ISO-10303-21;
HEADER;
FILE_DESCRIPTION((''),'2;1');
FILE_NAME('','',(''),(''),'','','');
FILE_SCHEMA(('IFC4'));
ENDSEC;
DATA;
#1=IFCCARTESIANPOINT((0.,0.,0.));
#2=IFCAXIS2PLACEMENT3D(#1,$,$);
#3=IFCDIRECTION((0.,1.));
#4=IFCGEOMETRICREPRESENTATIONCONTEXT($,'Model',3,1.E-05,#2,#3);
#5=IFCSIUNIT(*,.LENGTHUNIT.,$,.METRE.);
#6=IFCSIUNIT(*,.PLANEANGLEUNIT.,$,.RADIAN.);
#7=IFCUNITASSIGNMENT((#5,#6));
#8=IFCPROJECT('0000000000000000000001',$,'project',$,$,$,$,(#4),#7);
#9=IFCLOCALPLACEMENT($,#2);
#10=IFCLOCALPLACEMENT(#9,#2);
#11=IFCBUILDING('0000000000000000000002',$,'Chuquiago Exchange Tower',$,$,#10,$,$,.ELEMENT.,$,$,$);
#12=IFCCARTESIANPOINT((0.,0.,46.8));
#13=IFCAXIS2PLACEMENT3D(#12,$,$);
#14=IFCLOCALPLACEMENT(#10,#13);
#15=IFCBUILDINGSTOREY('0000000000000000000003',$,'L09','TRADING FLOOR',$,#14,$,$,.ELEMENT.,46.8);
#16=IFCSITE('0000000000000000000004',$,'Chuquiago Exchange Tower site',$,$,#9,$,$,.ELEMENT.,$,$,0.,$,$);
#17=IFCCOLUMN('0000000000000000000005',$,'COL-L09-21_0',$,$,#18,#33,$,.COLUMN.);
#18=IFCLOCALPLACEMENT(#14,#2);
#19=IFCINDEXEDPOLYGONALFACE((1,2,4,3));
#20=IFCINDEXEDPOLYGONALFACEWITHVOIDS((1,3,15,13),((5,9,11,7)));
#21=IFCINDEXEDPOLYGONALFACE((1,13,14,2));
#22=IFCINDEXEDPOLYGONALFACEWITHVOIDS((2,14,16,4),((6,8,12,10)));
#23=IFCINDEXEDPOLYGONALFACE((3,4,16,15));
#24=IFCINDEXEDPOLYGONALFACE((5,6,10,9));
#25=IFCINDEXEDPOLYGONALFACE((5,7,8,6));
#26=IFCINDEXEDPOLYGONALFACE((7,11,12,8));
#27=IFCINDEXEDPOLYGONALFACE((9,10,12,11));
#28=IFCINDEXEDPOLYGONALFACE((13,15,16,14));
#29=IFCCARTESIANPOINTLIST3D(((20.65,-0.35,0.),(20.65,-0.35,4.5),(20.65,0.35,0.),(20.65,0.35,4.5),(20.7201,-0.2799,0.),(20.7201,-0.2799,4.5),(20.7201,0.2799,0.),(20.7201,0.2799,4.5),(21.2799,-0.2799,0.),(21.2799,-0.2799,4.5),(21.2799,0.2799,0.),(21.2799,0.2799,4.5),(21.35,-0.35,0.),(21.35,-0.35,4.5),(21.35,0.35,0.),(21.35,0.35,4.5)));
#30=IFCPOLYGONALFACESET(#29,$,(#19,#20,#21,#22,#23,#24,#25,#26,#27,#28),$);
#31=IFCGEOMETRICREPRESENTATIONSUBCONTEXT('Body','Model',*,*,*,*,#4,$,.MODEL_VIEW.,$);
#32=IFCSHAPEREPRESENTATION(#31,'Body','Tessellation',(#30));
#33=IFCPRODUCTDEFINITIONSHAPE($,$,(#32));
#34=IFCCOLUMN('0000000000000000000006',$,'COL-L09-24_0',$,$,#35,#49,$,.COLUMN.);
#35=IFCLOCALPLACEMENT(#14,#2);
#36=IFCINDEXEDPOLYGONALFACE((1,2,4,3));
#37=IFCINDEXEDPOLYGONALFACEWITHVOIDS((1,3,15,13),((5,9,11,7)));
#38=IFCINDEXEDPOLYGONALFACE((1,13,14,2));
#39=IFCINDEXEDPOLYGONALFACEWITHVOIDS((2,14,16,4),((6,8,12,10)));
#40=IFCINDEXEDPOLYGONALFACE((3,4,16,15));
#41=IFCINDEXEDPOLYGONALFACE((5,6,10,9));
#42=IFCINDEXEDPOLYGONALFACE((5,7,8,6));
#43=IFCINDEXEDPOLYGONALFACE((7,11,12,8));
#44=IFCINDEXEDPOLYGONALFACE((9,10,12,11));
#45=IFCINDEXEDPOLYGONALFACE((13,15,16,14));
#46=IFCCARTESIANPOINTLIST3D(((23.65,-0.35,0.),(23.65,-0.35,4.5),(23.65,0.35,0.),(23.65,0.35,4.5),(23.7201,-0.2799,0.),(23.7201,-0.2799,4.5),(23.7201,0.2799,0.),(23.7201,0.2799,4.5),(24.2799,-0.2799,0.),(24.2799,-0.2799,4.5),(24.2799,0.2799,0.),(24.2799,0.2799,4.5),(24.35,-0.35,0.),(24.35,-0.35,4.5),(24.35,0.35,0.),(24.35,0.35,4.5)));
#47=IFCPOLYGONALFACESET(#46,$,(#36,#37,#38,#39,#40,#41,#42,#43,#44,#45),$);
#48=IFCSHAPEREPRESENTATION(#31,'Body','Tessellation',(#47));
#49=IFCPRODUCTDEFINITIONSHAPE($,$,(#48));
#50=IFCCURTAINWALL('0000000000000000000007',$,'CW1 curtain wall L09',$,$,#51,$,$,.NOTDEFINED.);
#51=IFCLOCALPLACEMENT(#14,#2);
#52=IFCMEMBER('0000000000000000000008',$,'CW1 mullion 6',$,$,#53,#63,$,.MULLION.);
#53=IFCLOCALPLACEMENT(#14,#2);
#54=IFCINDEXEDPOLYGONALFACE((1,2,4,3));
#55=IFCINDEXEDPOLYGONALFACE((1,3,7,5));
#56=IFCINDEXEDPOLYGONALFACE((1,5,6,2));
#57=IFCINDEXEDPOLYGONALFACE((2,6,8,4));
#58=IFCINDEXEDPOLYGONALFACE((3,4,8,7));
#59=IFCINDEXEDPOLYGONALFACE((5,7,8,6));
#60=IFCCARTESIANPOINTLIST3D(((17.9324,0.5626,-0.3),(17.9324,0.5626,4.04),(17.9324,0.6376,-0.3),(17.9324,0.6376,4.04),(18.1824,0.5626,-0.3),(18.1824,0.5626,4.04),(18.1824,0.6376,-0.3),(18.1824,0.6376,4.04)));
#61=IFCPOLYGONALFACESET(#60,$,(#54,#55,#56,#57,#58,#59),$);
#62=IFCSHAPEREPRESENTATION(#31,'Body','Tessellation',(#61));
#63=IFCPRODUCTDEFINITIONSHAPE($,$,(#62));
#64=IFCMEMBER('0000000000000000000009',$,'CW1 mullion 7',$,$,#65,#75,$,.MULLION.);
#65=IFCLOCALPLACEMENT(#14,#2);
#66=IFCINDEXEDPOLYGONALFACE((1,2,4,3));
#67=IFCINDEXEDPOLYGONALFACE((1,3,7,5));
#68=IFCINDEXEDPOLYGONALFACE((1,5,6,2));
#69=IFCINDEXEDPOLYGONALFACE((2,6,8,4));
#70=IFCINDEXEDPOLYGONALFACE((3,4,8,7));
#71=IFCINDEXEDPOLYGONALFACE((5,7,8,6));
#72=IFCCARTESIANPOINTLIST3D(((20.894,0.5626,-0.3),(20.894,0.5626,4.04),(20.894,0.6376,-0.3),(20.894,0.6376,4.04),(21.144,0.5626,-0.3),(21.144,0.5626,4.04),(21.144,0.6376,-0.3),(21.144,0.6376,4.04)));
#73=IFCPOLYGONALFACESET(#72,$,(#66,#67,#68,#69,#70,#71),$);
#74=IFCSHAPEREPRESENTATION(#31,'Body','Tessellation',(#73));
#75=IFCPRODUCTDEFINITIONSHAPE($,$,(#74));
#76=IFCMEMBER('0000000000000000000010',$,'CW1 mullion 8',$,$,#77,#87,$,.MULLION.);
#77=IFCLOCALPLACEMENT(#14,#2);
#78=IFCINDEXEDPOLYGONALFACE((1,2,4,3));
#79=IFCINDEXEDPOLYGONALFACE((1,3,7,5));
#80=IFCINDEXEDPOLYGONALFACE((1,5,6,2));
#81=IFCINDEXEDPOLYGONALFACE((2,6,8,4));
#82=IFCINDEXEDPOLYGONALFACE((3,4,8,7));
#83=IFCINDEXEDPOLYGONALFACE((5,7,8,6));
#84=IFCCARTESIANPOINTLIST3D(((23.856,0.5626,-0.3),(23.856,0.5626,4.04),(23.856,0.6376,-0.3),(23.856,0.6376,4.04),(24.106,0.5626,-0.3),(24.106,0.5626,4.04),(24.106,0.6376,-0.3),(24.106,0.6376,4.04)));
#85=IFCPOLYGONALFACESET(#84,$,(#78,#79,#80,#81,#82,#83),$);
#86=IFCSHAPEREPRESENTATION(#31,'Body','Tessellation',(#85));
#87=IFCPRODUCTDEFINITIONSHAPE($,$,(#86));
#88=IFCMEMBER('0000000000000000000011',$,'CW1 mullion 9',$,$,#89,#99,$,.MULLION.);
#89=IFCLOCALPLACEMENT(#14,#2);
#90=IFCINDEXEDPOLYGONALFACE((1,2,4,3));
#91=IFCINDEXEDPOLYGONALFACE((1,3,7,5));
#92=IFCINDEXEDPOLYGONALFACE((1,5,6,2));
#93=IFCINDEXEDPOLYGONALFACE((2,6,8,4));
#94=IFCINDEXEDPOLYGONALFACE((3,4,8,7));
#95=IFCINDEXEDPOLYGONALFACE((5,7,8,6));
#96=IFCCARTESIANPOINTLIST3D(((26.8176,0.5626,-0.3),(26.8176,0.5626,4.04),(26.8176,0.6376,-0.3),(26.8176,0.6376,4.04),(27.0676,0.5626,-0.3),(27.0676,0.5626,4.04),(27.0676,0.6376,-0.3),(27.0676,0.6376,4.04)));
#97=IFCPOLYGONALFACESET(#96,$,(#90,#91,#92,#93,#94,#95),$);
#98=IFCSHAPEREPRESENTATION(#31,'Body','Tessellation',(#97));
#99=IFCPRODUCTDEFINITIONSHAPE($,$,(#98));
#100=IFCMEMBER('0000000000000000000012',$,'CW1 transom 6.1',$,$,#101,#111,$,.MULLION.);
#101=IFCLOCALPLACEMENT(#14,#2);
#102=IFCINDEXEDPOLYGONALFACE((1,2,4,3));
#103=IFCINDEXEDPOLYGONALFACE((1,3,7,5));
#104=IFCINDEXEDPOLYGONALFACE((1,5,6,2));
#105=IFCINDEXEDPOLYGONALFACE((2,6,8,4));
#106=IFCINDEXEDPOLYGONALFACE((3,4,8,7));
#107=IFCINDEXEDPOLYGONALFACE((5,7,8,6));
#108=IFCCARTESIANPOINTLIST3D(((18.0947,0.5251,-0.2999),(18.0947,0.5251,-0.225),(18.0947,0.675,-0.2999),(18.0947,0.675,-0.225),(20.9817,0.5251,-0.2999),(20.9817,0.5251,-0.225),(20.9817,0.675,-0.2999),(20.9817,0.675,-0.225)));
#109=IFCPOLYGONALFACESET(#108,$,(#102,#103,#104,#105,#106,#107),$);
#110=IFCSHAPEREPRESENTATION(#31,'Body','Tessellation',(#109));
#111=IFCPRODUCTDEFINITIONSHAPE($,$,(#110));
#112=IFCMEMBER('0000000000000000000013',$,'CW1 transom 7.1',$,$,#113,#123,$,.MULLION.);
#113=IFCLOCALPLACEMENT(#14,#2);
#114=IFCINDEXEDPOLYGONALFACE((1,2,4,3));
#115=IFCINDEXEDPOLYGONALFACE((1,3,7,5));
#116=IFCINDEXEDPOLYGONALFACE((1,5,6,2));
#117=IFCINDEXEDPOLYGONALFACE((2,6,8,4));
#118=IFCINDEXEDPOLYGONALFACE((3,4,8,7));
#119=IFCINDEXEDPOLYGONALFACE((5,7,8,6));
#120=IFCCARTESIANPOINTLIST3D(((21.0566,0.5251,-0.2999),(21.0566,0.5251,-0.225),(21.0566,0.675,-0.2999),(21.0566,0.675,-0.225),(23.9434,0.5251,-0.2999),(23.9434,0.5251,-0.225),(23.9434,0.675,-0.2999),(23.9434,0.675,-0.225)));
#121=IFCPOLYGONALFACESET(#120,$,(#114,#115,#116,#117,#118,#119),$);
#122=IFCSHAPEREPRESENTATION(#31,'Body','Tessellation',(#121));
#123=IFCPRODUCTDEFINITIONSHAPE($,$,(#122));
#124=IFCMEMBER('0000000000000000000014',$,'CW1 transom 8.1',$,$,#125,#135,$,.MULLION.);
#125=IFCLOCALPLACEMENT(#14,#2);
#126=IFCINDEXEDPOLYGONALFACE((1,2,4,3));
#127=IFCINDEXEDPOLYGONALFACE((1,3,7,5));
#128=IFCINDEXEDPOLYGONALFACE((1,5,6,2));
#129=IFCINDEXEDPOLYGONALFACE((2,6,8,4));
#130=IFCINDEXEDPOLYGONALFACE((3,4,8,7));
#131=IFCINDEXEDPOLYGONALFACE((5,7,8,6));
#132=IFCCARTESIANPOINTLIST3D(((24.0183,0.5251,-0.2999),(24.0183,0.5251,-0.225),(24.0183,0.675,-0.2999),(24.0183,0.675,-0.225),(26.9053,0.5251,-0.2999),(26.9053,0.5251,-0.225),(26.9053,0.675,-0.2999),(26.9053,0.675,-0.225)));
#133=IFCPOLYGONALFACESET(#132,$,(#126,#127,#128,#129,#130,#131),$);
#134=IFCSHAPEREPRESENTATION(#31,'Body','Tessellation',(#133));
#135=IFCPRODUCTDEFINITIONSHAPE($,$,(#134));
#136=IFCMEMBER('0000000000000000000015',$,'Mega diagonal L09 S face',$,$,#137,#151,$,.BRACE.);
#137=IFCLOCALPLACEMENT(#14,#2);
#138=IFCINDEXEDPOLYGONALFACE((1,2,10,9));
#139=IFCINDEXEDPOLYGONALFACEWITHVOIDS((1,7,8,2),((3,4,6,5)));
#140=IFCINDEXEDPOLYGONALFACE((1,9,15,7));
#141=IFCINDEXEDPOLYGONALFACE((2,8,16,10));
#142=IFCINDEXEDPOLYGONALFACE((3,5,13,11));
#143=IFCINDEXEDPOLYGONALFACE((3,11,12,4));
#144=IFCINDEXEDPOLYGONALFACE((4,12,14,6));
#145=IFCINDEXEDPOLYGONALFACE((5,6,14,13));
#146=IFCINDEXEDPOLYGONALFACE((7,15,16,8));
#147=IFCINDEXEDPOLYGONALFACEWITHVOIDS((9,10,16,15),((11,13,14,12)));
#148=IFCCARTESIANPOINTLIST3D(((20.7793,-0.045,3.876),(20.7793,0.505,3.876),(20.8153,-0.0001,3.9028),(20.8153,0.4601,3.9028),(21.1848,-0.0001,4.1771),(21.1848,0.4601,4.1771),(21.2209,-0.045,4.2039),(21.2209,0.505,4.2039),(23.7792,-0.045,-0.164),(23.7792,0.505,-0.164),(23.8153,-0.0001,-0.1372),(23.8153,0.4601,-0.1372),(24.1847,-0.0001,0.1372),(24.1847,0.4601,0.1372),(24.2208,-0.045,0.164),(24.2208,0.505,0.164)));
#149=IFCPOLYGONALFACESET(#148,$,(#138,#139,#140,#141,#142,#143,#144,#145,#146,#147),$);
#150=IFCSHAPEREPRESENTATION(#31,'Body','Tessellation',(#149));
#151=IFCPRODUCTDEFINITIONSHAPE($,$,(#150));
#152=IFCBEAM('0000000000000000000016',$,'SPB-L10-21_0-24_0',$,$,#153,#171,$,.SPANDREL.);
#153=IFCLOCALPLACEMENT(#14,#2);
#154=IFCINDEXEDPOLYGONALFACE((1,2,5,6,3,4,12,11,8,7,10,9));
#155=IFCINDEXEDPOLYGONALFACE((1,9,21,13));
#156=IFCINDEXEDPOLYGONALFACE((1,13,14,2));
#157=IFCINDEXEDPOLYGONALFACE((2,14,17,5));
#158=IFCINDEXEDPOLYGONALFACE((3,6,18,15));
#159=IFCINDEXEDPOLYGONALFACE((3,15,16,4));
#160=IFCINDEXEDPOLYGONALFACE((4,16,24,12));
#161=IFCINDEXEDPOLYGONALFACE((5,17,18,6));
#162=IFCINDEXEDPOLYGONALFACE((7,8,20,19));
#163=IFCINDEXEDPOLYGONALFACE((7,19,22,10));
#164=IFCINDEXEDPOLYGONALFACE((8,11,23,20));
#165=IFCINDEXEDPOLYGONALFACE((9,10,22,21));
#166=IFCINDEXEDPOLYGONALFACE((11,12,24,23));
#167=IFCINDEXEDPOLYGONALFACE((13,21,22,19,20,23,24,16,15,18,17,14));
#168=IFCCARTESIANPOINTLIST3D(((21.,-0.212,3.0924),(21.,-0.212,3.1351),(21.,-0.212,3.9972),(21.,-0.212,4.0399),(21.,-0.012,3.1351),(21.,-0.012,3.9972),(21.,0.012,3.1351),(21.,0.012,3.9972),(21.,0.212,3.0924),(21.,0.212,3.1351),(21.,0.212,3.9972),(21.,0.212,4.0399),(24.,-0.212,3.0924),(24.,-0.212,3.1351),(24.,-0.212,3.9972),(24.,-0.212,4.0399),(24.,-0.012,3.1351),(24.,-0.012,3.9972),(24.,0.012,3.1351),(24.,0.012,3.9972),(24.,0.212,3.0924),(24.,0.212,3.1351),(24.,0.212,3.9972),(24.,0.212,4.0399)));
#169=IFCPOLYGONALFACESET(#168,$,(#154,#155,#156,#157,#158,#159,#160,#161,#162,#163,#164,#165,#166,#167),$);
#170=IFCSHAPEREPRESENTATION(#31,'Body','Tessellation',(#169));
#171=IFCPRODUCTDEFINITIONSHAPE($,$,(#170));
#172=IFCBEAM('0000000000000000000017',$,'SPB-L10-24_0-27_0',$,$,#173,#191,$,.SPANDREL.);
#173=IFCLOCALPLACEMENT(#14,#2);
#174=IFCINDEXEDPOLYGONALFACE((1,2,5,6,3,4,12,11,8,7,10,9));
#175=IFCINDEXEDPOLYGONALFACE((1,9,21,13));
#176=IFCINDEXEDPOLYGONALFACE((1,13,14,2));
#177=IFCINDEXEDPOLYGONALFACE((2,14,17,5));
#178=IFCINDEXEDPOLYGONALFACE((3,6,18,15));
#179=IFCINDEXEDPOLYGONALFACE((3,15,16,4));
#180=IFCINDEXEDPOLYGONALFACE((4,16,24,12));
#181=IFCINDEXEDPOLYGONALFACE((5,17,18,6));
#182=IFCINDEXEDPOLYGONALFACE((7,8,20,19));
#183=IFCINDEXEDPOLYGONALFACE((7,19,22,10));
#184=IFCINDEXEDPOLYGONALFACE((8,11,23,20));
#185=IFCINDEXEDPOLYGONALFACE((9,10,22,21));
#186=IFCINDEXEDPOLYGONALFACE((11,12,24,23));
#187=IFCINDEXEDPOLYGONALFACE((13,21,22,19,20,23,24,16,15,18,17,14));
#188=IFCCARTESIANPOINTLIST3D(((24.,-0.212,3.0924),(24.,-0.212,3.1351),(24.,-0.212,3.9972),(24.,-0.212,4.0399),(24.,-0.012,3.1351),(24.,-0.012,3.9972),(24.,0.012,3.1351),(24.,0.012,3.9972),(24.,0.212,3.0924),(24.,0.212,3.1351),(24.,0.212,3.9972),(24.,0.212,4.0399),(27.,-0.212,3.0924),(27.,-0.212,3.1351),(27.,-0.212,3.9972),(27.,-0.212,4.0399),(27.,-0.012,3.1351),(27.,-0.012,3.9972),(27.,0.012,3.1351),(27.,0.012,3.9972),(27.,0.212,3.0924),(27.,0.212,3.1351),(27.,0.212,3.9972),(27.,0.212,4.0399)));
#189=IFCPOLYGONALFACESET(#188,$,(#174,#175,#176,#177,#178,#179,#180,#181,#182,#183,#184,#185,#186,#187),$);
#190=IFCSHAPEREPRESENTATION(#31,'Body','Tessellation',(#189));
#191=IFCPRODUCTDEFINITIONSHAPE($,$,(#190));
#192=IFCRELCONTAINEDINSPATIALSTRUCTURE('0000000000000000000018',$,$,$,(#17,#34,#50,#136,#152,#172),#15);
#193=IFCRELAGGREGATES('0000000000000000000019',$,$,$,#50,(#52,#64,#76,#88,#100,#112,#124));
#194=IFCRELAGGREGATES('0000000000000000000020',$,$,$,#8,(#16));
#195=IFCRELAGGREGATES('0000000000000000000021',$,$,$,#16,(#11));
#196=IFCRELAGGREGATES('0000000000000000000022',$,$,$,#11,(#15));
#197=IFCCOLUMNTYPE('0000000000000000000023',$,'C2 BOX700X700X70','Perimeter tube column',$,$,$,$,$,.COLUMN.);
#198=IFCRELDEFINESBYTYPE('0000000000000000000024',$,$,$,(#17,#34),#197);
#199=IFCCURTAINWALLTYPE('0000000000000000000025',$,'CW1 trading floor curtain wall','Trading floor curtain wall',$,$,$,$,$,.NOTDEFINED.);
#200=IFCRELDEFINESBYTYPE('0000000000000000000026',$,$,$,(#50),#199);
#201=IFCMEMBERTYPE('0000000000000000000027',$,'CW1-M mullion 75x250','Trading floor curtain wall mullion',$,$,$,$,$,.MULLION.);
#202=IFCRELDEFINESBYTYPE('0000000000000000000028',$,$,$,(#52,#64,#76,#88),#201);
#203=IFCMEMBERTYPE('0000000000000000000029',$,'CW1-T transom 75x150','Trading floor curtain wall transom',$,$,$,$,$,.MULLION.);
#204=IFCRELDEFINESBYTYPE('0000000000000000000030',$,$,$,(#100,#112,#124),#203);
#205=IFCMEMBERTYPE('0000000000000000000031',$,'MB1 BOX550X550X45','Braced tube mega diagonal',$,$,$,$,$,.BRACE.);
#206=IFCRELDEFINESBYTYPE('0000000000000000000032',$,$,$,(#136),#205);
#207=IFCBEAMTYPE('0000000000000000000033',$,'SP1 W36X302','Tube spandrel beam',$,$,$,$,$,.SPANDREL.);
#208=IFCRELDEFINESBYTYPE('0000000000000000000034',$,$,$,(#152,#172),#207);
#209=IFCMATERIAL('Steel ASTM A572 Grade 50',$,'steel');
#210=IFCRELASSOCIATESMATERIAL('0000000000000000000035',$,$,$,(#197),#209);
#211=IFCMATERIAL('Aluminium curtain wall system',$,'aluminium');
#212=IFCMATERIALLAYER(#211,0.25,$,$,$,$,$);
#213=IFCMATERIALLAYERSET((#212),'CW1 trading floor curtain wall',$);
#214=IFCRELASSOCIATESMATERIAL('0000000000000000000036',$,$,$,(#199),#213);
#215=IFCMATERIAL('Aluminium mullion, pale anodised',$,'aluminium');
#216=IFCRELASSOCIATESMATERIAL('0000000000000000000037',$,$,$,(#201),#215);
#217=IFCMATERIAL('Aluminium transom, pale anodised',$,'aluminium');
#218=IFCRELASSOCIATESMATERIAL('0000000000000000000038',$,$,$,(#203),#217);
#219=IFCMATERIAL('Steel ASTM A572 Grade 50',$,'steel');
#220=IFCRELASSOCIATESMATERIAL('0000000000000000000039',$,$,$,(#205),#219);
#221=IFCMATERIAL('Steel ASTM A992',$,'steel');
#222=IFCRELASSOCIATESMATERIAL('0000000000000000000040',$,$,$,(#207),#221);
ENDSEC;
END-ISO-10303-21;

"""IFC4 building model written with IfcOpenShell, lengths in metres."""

from ifc_helpers import new_model, si_unit, direction, frame, origin, origin_2d, place, context, subcontext, project, spatial, rectangle, hollow_rectangle, i_section, extrude, material, layer, layer_set, material_profile, profile_set, type_object, element, aggregate, save


model = new_model("IFC4")

# Units and contexts
model_context = context("Model", 3, precision=1e-05, world=origin(), true_north=direction((0.0, 1.0)))
body_context = subcontext(model_context, "Body", "Model", "MODEL_VIEW")
ifc_project = project(units=[si_unit("LENGTHUNIT", "METRE"), si_unit("PLANEANGLEUNIT", "RADIAN")], contexts=[model_context])

# Site, building, storey
site_placement = place(None, origin())
site = spatial("IfcSite", under=ifc_project, at=site_placement, Name="Chuquiago Exchange Tower site", CompositionType="ELEMENT", RefElevation=0.0)
building_placement = place(site_placement, origin())
building = spatial("IfcBuilding", under=site, at=building_placement, Name="Chuquiago Exchange Tower", CompositionType="ELEMENT")
storey_placement = place(building_placement, frame((0.0, 0.0, 46.8)))
storey = spatial("IfcBuildingStorey", under=building, at=storey_placement, Name="L09", Description="TRADING FLOOR", CompositionType="ELEMENT", Elevation=46.8)

# Columns
ifc_material_1 = material(Name="Steel ASTM A572 Grade 50", Category="steel")
ifc_material_profile_1 = material_profile(ifc_material_1, hollow_rectangle(XDim=0.7, YDim=0.7, WallThickness=0.0701, at=origin_2d()), Name="BOX700X700X70")
ifc_profile_set_1 = profile_set([ifc_material_profile_1], Name="Steel ASTM A572 Grade 50")
column_type = type_object("IfcColumnType", Name="C2 BOX700X700X70", Description="Perimeter tube column", PredefinedType="COLUMN", material=ifc_profile_set_1)
for number, where, z_axis, x_axis, name in (
    (1, (21.0, 0.0, 0.0), (0.0, 0.0, 1.0), (0.0, -1.0, 0.0), "COL-L09-21_0"),
    (2, (24.0, 0.0, 0.0), (0.0, 0.0, 1.0), (0.0, -1.0, 0.0), "COL-L09-24_0"),
):
    element("IfcColumn", number, at=place(storey_placement, frame(where, z_axis=z_axis, x_axis=x_axis)), inside=storey, type_object=column_type, Name=name, PredefinedType="COLUMN", context=body_context, shape_type="SweptSolid", body=[
        extrude(hollow_rectangle(XDim=0.7, YDim=0.7, WallThickness=0.0701, at=origin_2d()), origin(), (0.0, 0.0, 1.0), 4.5),
    ])

# Curtain wall, members
ifc_material_2 = material(Name="Aluminium curtain wall system", Category="aluminium")
ifc_layer_1 = layer(ifc_material_2, 0.25)
ifc_layer_set_1 = layer_set([ifc_layer_1], Name="CW1 trading floor curtain wall")
curtain_wall_type = type_object("IfcCurtainWallType", Name="CW1 trading floor curtain wall", Description="Trading floor curtain wall", PredefinedType="NOTDEFINED", material=ifc_layer_set_1)
curtain_wall_placement = place(storey_placement, origin())
curtain_wall = element("IfcCurtainWall", 3, at=curtain_wall_placement, inside=storey, type_object=curtain_wall_type, Name="CW1 curtain wall L09", PredefinedType="NOTDEFINED")
ifc_material_3 = material(Name="Aluminium mullion, pale anodised", Category="aluminium")
ifc_material_profile_2 = material_profile(ifc_material_3, rectangle(XDim=0.075, YDim=0.25, at=origin_2d()), Name="AL 75x250")
ifc_profile_set_2 = profile_set([ifc_material_profile_2], Name="Aluminium mullion, pale anodised")
member_type_1 = type_object("IfcMemberType", Name="CW1-M mullion 75x250", Description="Trading floor curtain wall mullion", PredefinedType="MULLION", material=ifc_profile_set_2)
member_1_placement = place(storey_placement, frame((18.0574, 0.6001, -0.3), z_axis=(0.0, 0.0, 1.0), x_axis=(0.0, 1.0, 0.0)))
member_1 = element("IfcMember", 4, at=member_1_placement, type_object=member_type_1, Name="CW1 mullion 6", PredefinedType="MULLION", context=body_context, shape_type="SweptSolid", body=[
    extrude(rectangle(XDim=0.075, YDim=0.25, at=origin_2d()), origin(), (0.0, 0.0, 1.0), 4.3401),
])
member_2_placement = place(storey_placement, frame((21.019, 0.6001, -0.3), z_axis=(0.0, 0.0, 1.0), x_axis=(0.0, 1.0, 0.0)))
member_2 = element("IfcMember", 5, at=member_2_placement, type_object=member_type_1, Name="CW1 mullion 7", PredefinedType="MULLION", context=body_context, shape_type="SweptSolid", body=[
    extrude(rectangle(XDim=0.075, YDim=0.25, at=origin_2d()), origin(), (0.0, 0.0, 1.0), 4.3401),
])
member_3_placement = place(storey_placement, frame((23.981, 0.6001, -0.3), z_axis=(0.0, 0.0, 1.0), x_axis=(0.0, 1.0, 0.0)))
member_3 = element("IfcMember", 6, at=member_3_placement, type_object=member_type_1, Name="CW1 mullion 8", PredefinedType="MULLION", context=body_context, shape_type="SweptSolid", body=[
    extrude(rectangle(XDim=0.075, YDim=0.25, at=origin_2d()), origin(), (0.0, 0.0, 1.0), 4.3401),
])
member_4_placement = place(storey_placement, frame((26.9426, 0.6001, -0.3), z_axis=(0.0, 0.0, 1.0), x_axis=(0.0, 1.0, 0.0)))
member_4 = element("IfcMember", 7, at=member_4_placement, type_object=member_type_1, Name="CW1 mullion 9", PredefinedType="MULLION", context=body_context, shape_type="SweptSolid", body=[
    extrude(rectangle(XDim=0.075, YDim=0.25, at=origin_2d()), origin(), (0.0, 0.0, 1.0), 4.3401),
])
ifc_material_4 = material(Name="Aluminium transom, pale anodised", Category="aluminium")
ifc_material_profile_3 = material_profile(ifc_material_4, rectangle(XDim=0.1499, YDim=0.075, at=origin_2d()), Name="AL 150x75")
ifc_profile_set_3 = profile_set([ifc_material_profile_3], Name="Aluminium transom, pale anodised")
member_type_2 = type_object("IfcMemberType", Name="CW1-T transom 75x150", Description="Trading floor curtain wall transom", PredefinedType="MULLION", material=ifc_profile_set_3)
member_5_placement = place(storey_placement, frame((18.0947, 0.6001, -0.2625), z_axis=(1.0, 0.0, 0.0), x_axis=(0.0, 1.0, 0.0)))
member_5 = element("IfcMember", 8, at=member_5_placement, type_object=member_type_2, Name="CW1 transom 6.1", PredefinedType="MULLION", context=body_context, shape_type="SweptSolid", body=[
    extrude(rectangle(XDim=0.1499, YDim=0.075, at=origin_2d()), origin(), (0.0, 0.0, 1.0), 2.887),
])
member_6_placement = place(storey_placement, frame((21.0566, 0.6001, -0.2625), z_axis=(1.0, 0.0, 0.0), x_axis=(0.0, 1.0, 0.0)))
member_6 = element("IfcMember", 9, at=member_6_placement, type_object=member_type_2, Name="CW1 transom 7.1", PredefinedType="MULLION", context=body_context, shape_type="SweptSolid", body=[
    extrude(rectangle(XDim=0.1499, YDim=0.075, at=origin_2d()), origin(), (0.0, 0.0, 1.0), 2.8867),
])
member_7_placement = place(storey_placement, frame((24.0183, 0.6001, -0.2625), z_axis=(1.0, 0.0, 0.0), x_axis=(0.0, 1.0, 0.0)))
member_7 = element("IfcMember", 10, at=member_7_placement, type_object=member_type_2, Name="CW1 transom 8.1", PredefinedType="MULLION", context=body_context, shape_type="SweptSolid", body=[
    extrude(rectangle(XDim=0.1499, YDim=0.075, at=origin_2d()), origin(), (0.0, 0.0, 1.0), 2.887),
])

# Member
ifc_material_5 = material(Name="Steel ASTM A572 Grade 50", Category="steel")
ifc_material_profile_4 = material_profile(ifc_material_5, hollow_rectangle(XDim=0.55, YDim=0.55, WallThickness=0.0449, at=origin_2d()), Name="BOX550X550X45")
ifc_profile_set_4 = profile_set([ifc_material_profile_4], Name="Steel ASTM A572 Grade 50")
member_type_3 = type_object("IfcMemberType", Name="MB1 BOX550X550X45", Description="Braced tube mega diagonal", PredefinedType="BRACE", material=ifc_profile_set_4)
member_8_placement = place(storey_placement, frame((24.0, 0.23, 0.0), z_axis=(-0.596174, 0.0, 0.802855), x_axis=(0.0, -1.0, 0.0)))
element("IfcMember", 11, at=member_8_placement, inside=storey, type_object=member_type_3, Name="Mega diagonal L09 S face", PredefinedType="BRACE", context=body_context, shape_type="SweptSolid", body=[
    extrude(hollow_rectangle(XDim=0.55, YDim=0.55, WallThickness=0.0449, at=origin_2d()), origin(), (0.0, 0.0, 1.0), 5.032),
])

# Beams
ifc_material_6 = material(Name="Steel ASTM A992", Category="steel")
ifc_material_profile_5 = material_profile(ifc_material_6, i_section(OverallWidth=0.4241, OverallDepth=0.9475, WebThickness=0.0239, FlangeThickness=0.0427, at=origin_2d()), Name="W36X302")
ifc_profile_set_5 = profile_set([ifc_material_profile_5], Name="Steel ASTM A992")
beam_type = type_object("IfcBeamType", Name="SP1 W36X302", Description="Tube spandrel beam", PredefinedType="SPANDREL", material=ifc_profile_set_5)
for number, where, z_axis, x_axis, name in (
    (12, (21.0, 0.0, 3.5662), (1.0, 0.0, 0.0), (0.0, 1.0, 0.0), "SPB-L10-21_0-24_0"),
    (13, (24.0, 0.0, 3.5662), (1.0, 0.0, 0.0), (0.0, 1.0, 0.0), "SPB-L10-24_0-27_0"),
):
    element("IfcBeam", number, at=place(storey_placement, frame(where, z_axis=z_axis, x_axis=x_axis)), inside=storey, type_object=beam_type, Name=name, PredefinedType="SPANDREL", context=body_context, shape_type="SweptSolid", body=[
        extrude(i_section(OverallWidth=0.4241, OverallDepth=0.9475, WebThickness=0.0239, FlangeThickness=0.0427, at=origin_2d()), origin(), (0.0, 0.0, 1.0), 3.0),
    ])

aggregate(curtain_wall, [member_1, member_2, member_3, member_4, member_5, member_6, member_7])

save(model, "model.ifc")
